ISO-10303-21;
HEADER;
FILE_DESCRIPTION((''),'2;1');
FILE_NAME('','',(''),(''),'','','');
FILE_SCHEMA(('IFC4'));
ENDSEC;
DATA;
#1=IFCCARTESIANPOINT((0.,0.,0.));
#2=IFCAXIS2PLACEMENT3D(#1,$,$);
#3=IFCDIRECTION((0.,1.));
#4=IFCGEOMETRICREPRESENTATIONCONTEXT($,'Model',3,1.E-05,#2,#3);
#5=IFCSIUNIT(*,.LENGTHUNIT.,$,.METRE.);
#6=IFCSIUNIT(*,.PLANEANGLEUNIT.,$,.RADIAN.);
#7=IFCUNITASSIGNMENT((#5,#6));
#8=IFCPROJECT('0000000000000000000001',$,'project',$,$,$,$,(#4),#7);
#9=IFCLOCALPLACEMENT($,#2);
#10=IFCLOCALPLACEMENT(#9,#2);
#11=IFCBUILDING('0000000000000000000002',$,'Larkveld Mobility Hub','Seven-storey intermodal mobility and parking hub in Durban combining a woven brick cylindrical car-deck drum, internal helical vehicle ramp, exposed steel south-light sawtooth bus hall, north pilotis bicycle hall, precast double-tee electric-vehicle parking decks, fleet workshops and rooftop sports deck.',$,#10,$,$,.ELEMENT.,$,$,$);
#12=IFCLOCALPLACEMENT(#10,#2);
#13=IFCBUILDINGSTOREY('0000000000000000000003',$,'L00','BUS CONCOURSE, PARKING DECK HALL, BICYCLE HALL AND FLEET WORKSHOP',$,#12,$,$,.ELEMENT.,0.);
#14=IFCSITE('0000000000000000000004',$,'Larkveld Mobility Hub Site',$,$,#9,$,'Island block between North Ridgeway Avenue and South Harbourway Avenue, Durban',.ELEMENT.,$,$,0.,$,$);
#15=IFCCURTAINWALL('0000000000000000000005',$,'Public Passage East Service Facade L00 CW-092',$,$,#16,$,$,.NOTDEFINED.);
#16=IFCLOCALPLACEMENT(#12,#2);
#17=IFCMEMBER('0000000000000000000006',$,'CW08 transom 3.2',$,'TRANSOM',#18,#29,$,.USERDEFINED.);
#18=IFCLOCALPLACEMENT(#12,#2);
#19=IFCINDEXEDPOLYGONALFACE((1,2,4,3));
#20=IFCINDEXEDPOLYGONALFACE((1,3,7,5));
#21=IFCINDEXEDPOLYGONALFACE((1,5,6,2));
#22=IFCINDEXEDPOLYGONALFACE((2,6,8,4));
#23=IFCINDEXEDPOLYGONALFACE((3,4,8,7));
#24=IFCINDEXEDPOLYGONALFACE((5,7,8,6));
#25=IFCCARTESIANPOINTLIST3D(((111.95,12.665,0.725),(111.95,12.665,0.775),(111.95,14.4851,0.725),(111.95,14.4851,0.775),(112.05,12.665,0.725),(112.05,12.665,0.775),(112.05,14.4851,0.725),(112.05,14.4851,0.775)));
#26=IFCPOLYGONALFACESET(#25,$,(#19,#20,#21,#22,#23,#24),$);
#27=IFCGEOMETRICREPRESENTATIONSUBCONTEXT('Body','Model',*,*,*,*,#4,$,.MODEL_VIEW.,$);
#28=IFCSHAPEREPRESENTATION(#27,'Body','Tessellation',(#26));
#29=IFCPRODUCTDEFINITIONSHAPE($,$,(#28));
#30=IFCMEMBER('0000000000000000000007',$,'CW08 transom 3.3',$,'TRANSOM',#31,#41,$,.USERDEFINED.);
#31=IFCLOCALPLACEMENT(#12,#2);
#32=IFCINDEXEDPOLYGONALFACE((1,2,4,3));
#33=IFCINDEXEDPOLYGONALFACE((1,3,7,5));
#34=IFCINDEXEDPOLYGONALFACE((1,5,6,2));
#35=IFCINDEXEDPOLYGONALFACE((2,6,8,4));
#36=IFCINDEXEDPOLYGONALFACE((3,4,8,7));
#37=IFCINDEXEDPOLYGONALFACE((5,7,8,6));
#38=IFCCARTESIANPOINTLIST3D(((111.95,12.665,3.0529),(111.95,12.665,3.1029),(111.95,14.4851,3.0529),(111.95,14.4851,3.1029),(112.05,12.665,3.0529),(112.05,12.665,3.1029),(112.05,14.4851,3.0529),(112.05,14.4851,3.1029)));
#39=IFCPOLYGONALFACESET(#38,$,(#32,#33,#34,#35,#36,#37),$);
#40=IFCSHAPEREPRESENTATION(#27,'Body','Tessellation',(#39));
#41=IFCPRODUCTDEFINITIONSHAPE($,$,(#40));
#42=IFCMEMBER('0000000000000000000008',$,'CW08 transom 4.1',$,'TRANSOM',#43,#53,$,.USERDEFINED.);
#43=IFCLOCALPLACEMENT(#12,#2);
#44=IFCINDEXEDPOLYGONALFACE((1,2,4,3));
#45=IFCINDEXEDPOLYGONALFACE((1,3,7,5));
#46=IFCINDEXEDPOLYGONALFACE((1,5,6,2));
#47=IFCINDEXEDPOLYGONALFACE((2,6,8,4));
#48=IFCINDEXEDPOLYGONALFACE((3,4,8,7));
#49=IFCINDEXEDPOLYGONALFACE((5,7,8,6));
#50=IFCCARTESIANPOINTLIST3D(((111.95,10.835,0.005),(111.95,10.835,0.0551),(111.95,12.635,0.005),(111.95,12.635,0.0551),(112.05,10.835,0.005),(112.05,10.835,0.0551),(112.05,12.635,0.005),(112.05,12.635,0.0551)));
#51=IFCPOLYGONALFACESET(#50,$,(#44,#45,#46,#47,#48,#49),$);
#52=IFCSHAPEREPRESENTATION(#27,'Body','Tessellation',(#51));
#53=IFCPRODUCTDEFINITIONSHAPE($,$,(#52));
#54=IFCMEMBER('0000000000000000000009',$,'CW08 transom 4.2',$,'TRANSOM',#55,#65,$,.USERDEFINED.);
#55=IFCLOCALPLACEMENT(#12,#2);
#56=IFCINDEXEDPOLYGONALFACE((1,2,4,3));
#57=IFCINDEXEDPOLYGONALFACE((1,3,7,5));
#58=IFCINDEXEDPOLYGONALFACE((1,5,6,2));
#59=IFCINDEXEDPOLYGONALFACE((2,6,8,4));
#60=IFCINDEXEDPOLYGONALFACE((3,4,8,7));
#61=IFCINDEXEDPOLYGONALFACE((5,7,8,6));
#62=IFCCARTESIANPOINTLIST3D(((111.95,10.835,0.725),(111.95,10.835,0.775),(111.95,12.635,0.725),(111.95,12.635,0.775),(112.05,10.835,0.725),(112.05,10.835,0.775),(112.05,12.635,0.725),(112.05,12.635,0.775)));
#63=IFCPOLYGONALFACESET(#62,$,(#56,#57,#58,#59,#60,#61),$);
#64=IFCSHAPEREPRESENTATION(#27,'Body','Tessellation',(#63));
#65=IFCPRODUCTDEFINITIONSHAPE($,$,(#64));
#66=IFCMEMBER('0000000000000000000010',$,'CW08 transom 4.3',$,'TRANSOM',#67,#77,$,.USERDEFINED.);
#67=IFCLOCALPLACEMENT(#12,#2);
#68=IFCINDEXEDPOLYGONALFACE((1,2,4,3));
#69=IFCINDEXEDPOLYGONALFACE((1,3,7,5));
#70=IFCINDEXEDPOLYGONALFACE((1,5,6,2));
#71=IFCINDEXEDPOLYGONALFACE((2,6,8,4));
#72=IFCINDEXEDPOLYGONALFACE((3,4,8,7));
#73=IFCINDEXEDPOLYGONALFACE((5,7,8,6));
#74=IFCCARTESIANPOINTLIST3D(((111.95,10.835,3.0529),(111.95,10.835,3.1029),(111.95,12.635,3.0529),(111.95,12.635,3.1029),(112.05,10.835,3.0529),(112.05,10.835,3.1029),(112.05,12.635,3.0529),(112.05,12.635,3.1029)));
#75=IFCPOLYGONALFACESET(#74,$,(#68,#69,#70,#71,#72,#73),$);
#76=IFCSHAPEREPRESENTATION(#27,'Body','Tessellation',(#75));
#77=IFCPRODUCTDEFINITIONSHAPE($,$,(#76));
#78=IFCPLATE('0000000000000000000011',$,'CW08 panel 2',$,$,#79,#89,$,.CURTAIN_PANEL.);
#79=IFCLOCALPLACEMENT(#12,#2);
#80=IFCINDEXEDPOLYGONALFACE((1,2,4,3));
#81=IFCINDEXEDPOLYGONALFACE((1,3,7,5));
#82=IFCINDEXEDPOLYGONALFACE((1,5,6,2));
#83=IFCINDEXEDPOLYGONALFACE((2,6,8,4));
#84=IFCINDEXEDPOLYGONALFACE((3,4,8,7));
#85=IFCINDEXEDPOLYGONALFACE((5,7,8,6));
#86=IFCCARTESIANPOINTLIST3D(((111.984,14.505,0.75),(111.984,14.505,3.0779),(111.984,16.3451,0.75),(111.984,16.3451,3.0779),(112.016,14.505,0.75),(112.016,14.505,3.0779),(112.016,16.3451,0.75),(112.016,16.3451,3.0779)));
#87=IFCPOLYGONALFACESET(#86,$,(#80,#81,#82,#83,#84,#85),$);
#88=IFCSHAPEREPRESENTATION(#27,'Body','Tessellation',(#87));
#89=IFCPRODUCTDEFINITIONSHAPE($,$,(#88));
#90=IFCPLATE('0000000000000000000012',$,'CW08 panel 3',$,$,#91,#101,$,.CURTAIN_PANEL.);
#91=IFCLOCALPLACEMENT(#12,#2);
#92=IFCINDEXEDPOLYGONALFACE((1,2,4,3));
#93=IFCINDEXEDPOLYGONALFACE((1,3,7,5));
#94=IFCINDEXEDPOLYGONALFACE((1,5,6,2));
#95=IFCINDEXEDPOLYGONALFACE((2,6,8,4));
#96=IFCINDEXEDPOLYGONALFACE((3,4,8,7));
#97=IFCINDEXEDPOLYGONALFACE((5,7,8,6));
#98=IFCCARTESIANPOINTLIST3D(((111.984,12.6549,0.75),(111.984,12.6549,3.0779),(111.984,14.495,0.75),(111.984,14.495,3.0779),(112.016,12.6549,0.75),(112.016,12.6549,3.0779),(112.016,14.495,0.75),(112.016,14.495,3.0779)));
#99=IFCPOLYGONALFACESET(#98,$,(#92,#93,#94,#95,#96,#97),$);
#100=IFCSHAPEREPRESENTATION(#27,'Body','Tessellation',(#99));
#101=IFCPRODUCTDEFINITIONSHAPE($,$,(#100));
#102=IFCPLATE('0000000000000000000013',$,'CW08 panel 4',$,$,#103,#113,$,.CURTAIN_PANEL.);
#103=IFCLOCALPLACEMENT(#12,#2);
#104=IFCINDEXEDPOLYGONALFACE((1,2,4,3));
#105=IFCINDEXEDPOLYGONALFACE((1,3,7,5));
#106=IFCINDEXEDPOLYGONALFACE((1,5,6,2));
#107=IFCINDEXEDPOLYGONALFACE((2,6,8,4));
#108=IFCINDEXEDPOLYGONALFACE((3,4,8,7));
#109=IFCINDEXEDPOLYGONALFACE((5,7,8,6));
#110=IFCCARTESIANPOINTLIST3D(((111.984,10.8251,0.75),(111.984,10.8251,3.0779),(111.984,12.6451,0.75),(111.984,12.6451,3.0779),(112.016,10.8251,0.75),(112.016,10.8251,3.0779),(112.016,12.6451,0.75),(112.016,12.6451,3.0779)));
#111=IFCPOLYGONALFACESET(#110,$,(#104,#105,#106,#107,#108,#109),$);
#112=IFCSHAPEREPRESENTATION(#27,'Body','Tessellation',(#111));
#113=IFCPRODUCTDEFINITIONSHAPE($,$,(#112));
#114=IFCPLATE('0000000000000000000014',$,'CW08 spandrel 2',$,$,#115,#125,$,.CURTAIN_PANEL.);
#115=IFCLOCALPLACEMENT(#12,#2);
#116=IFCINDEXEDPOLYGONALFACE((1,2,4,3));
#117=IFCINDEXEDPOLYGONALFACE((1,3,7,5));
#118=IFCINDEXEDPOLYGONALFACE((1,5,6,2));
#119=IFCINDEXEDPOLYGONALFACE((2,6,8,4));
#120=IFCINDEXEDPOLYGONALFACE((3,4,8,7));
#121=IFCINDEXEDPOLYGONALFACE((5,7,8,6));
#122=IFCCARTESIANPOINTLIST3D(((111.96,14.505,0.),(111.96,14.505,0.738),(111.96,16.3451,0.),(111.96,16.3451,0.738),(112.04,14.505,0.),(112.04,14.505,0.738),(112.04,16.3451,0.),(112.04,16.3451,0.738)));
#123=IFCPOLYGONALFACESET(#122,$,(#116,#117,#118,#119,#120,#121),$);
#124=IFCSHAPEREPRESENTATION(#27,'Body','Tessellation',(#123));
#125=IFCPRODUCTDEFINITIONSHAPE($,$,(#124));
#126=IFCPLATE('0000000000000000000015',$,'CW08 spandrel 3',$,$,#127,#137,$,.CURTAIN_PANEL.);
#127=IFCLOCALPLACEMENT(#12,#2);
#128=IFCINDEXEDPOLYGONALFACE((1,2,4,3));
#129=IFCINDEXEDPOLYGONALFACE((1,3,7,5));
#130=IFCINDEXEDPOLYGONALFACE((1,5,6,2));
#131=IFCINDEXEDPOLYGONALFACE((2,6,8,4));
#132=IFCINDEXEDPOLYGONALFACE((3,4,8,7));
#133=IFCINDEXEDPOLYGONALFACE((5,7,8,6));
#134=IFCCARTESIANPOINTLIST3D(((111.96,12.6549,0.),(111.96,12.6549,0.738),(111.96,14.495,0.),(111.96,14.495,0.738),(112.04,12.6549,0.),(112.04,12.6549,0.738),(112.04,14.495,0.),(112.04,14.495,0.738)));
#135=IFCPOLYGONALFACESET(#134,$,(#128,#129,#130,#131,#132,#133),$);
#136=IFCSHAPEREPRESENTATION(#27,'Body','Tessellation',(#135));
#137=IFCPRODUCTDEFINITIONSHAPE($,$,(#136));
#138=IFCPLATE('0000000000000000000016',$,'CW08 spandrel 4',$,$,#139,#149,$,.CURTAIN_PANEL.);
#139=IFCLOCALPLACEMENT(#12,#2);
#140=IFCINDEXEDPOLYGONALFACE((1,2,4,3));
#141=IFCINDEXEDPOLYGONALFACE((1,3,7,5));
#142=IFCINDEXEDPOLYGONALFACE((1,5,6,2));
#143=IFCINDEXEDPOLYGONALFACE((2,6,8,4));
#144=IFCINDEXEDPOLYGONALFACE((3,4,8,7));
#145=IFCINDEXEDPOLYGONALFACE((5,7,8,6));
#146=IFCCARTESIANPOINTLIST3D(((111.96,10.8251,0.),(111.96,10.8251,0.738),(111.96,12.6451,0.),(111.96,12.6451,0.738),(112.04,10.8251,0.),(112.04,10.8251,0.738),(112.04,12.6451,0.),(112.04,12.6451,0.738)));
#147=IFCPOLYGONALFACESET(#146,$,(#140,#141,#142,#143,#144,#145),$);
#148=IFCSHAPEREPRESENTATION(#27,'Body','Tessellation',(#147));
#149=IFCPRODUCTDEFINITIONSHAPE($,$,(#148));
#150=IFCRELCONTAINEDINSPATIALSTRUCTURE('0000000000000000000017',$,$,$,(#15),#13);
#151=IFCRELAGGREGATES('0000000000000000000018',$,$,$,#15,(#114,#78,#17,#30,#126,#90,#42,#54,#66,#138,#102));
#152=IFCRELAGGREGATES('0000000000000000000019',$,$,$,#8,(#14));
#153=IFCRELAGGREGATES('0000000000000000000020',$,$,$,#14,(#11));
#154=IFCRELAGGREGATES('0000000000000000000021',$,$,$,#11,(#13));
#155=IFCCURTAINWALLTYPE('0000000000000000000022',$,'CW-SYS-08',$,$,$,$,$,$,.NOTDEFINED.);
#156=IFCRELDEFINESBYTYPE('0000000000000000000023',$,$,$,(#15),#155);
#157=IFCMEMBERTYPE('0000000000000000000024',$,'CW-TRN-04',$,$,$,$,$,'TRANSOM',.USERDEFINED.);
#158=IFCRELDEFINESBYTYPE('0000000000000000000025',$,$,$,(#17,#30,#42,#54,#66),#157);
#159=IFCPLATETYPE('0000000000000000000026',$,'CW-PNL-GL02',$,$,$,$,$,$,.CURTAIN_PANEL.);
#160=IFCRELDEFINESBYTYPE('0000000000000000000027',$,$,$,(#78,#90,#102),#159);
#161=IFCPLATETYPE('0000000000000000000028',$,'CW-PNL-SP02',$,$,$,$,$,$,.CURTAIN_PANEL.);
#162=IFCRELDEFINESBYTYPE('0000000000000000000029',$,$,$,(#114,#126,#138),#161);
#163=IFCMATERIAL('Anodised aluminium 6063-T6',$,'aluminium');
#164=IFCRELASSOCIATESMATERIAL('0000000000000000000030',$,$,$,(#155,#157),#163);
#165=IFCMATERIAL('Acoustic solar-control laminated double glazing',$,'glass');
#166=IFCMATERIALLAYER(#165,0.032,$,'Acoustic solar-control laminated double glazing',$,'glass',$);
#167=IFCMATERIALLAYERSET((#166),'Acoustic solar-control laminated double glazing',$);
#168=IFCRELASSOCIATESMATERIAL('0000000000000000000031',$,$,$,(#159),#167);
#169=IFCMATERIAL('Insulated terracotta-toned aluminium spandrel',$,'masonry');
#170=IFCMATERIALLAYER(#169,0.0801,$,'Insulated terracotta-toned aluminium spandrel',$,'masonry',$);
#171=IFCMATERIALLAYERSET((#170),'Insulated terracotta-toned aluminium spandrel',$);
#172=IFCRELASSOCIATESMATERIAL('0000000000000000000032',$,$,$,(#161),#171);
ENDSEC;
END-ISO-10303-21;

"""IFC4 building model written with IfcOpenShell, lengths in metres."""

from ifc_helpers import new_model, si_unit, direction, frame, origin, origin_2d, place, context, subcontext, project, spatial, rectangle, extrude, material, layer, layer_set, material_profile, profile_set, type_object, element, aggregate, save


model = new_model("IFC4")

# Units and contexts
model_context = context("Model", 3, precision=1e-05, world=origin(), true_north=direction((0.0, 1.0)))
body_context = subcontext(model_context, "Body", "Model", "MODEL_VIEW")
ifc_project = project(units=[si_unit("LENGTHUNIT", "METRE"), si_unit("PLANEANGLEUNIT", "RADIAN")], contexts=[model_context])

# Site, building, storey
site_placement = place(None, origin())
site = spatial("IfcSite", under=ifc_project, at=site_placement, Name="Larkveld Mobility Hub Site", LongName="Island block between North Ridgeway Avenue and South Harbourway Avenue, Durban", CompositionType="ELEMENT", RefElevation=0.0)
building_placement = place(site_placement, origin())
building = spatial("IfcBuilding", under=site, at=building_placement, Name="Larkveld Mobility Hub", Description="Seven-storey intermodal mobility and parking hub in Durban combining a woven brick cylindrical car-deck drum, internal helical vehicle ramp, exposed steel south-light sawtooth bus hall, north pilotis bicycle hall, precast double-tee electric-vehicle parking decks, fleet workshops and rooftop sports deck.", CompositionType="ELEMENT")
storey_placement = place(building_placement, origin())
storey = spatial("IfcBuildingStorey", under=building, at=storey_placement, Name="L00", Description="BUS CONCOURSE, PARKING DECK HALL, BICYCLE HALL AND FLEET WORKSHOP", CompositionType="ELEMENT", Elevation=0.0)

# Curtain wall, members, plates
ifc_material_1 = material(Name="Anodised aluminium 6063-T6", Category="aluminium")
curtain_wall_type = type_object("IfcCurtainWallType", Name="CW-SYS-08", PredefinedType="NOTDEFINED", material=ifc_material_1)
curtain_wall_placement = place(storey_placement, origin())
curtain_wall = element("IfcCurtainWall", 1, at=curtain_wall_placement, inside=storey, type_object=curtain_wall_type, Name="Public Passage East Service Facade L00 CW-092", PredefinedType="NOTDEFINED")
ifc_material_profile_1 = material_profile(ifc_material_1, rectangle(XDim=0.1001, YDim=0.05, at=origin_2d()), Name="ALU TRAN 50x100")
ifc_profile_set_1 = profile_set([ifc_material_profile_1], Name="Anodised aluminium 6063-T6")
member_type_1 = type_object("IfcMemberType", Name="CW-TRN-04", ElementType="TRANSOM", PredefinedType="USERDEFINED", material=ifc_profile_set_1)
member_1_placement = place(storey_placement, frame((112.0, 14.4851, 0.75), z_axis=(0.0, -1.0, 0.0), x_axis=(1.0, 0.0, 0.0)))
member_1 = element("IfcMember", 2, at=member_1_placement, type_object=member_type_1, Name="CW08 transom 3.2", ObjectType="TRANSOM", PredefinedType="USERDEFINED", context=body_context, shape_type="SweptSolid", body=[
    extrude(rectangle(XDim=0.1001, YDim=0.05, at=origin_2d()), origin(), (0.0, 0.0, 1.0), 1.8201),
])
member_2_placement = place(storey_placement, frame((112.0, 14.4851, 3.0779), z_axis=(0.0, -1.0, 0.0), x_axis=(1.0, 0.0, 0.0)))
member_2 = element("IfcMember", 3, at=member_2_placement, type_object=member_type_1, Name="CW08 transom 3.3", ObjectType="TRANSOM", PredefinedType="USERDEFINED", context=body_context, shape_type="SweptSolid", body=[
    extrude(rectangle(XDim=0.1001, YDim=0.05, at=origin_2d()), origin(), (0.0, 0.0, 1.0), 1.8201),
])
member_3_placement = place(storey_placement, frame((112.0, 12.635, 0.03), z_axis=(0.0, -1.0, 0.0), x_axis=(1.0, 0.0, 0.0)))
member_3 = element("IfcMember", 4, at=member_3_placement, type_object=member_type_1, Name="CW08 transom 4.1", ObjectType="TRANSOM", PredefinedType="USERDEFINED", context=body_context, shape_type="SweptSolid", body=[
    extrude(rectangle(XDim=0.1001, YDim=0.05, at=origin_2d()), origin(), (0.0, 0.0, 1.0), 1.8),
])
member_4_placement = place(storey_placement, frame((112.0, 12.635, 0.75), z_axis=(0.0, -1.0, 0.0), x_axis=(1.0, 0.0, 0.0)))
member_4 = element("IfcMember", 5, at=member_4_placement, type_object=member_type_1, Name="CW08 transom 4.2", ObjectType="TRANSOM", PredefinedType="USERDEFINED", context=body_context, shape_type="SweptSolid", body=[
    extrude(rectangle(XDim=0.1001, YDim=0.05, at=origin_2d()), origin(), (0.0, 0.0, 1.0), 1.8),
])
member_5_placement = place(storey_placement, frame((112.0, 12.635, 3.0779), z_axis=(0.0, -1.0, 0.0), x_axis=(1.0, 0.0, 0.0)))
member_5 = element("IfcMember", 6, at=member_5_placement, type_object=member_type_1, Name="CW08 transom 4.3", ObjectType="TRANSOM", PredefinedType="USERDEFINED", context=body_context, shape_type="SweptSolid", body=[
    extrude(rectangle(XDim=0.1001, YDim=0.05, at=origin_2d()), origin(), (0.0, 0.0, 1.0), 1.8),
])
ifc_material_2 = material(Name="Acoustic solar-control laminated double glazing", Category="glass")
ifc_layer_1 = layer(ifc_material_2, 0.032, Name="Acoustic solar-control laminated double glazing", Category="glass")
ifc_layer_set_1 = layer_set([ifc_layer_1], Name="Acoustic solar-control laminated double glazing")
plate_type_1 = type_object("IfcPlateType", Name="CW-PNL-GL02", PredefinedType="CURTAIN_PANEL", material=ifc_layer_set_1)
plate_1_placement = place(storey_placement, frame((112.0, 15.425, 0.75), z_axis=(0.0, 0.0, 1.0), x_axis=(0.0, -1.0, 0.0)))
plate_1 = element("IfcPlate", 7, at=plate_1_placement, type_object=plate_type_1, Name="CW08 panel 2", PredefinedType="CURTAIN_PANEL", context=body_context, shape_type="SweptSolid", body=[
    extrude(rectangle(XDim=1.8401, YDim=0.032, at=origin_2d()), origin(), (0.0, 0.0, 1.0), 2.3279),
])
plate_2_placement = place(storey_placement, frame((112.0, 13.575, 0.75), z_axis=(0.0, 0.0, 1.0), x_axis=(0.0, -1.0, 0.0)))
plate_2 = element("IfcPlate", 8, at=plate_2_placement, type_object=plate_type_1, Name="CW08 panel 3", PredefinedType="CURTAIN_PANEL", context=body_context, shape_type="SweptSolid", body=[
    extrude(rectangle(XDim=1.8401, YDim=0.032, at=origin_2d()), origin(), (0.0, 0.0, 1.0), 2.3279),
])
plate_3_placement = place(storey_placement, frame((112.0, 11.7351, 0.75), z_axis=(0.0, 0.0, 1.0), x_axis=(0.0, -1.0, 0.0)))
plate_3 = element("IfcPlate", 9, at=plate_3_placement, type_object=plate_type_1, Name="CW08 panel 4", PredefinedType="CURTAIN_PANEL", context=body_context, shape_type="SweptSolid", body=[
    extrude(rectangle(XDim=1.8201, YDim=0.032, at=origin_2d()), origin(), (0.0, 0.0, 1.0), 2.3279),
])
ifc_material_3 = material(Name="Insulated terracotta-toned aluminium spandrel", Category="masonry")
ifc_layer_2 = layer(ifc_material_3, 0.0801, Name="Insulated terracotta-toned aluminium spandrel", Category="masonry")
ifc_layer_set_2 = layer_set([ifc_layer_2], Name="Insulated terracotta-toned aluminium spandrel")
plate_type_2 = type_object("IfcPlateType", Name="CW-PNL-SP02", PredefinedType="CURTAIN_PANEL", material=ifc_layer_set_2)
plate_4_placement = place(storey_placement, frame((112.0, 15.425, 0.0), z_axis=(0.0, 0.0, 1.0), x_axis=(0.0, -1.0, 0.0)))
plate_4 = element("IfcPlate", 10, at=plate_4_placement, type_object=plate_type_2, Name="CW08 spandrel 2", PredefinedType="CURTAIN_PANEL", context=body_context, shape_type="SweptSolid", body=[
    extrude(rectangle(XDim=1.8401, YDim=0.0801, at=origin_2d()), origin(), (0.0, 0.0, 1.0), 0.738),
])
plate_5_placement = place(storey_placement, frame((112.0, 13.575, 0.0), z_axis=(0.0, 0.0, 1.0), x_axis=(0.0, -1.0, 0.0)))
plate_5 = element("IfcPlate", 11, at=plate_5_placement, type_object=plate_type_2, Name="CW08 spandrel 3", PredefinedType="CURTAIN_PANEL", context=body_context, shape_type="SweptSolid", body=[
    extrude(rectangle(XDim=1.8401, YDim=0.0801, at=origin_2d()), origin(), (0.0, 0.0, 1.0), 0.738),
])
plate_6_placement = place(storey_placement, frame((112.0, 11.7351, 0.0), z_axis=(0.0, 0.0, 1.0), x_axis=(0.0, -1.0, 0.0)))
plate_6 = element("IfcPlate", 12, at=plate_6_placement, type_object=plate_type_2, Name="CW08 spandrel 4", PredefinedType="CURTAIN_PANEL", context=body_context, shape_type="SweptSolid", body=[
    extrude(rectangle(XDim=1.8201, YDim=0.0801, at=origin_2d()), origin(), (0.0, 0.0, 1.0), 0.738),
])
aggregate(curtain_wall, [plate_4, plate_1, member_1, member_2, plate_5, plate_2, member_3, member_4, member_5, plate_6, plate_3])

save(model, "model.ifc")
